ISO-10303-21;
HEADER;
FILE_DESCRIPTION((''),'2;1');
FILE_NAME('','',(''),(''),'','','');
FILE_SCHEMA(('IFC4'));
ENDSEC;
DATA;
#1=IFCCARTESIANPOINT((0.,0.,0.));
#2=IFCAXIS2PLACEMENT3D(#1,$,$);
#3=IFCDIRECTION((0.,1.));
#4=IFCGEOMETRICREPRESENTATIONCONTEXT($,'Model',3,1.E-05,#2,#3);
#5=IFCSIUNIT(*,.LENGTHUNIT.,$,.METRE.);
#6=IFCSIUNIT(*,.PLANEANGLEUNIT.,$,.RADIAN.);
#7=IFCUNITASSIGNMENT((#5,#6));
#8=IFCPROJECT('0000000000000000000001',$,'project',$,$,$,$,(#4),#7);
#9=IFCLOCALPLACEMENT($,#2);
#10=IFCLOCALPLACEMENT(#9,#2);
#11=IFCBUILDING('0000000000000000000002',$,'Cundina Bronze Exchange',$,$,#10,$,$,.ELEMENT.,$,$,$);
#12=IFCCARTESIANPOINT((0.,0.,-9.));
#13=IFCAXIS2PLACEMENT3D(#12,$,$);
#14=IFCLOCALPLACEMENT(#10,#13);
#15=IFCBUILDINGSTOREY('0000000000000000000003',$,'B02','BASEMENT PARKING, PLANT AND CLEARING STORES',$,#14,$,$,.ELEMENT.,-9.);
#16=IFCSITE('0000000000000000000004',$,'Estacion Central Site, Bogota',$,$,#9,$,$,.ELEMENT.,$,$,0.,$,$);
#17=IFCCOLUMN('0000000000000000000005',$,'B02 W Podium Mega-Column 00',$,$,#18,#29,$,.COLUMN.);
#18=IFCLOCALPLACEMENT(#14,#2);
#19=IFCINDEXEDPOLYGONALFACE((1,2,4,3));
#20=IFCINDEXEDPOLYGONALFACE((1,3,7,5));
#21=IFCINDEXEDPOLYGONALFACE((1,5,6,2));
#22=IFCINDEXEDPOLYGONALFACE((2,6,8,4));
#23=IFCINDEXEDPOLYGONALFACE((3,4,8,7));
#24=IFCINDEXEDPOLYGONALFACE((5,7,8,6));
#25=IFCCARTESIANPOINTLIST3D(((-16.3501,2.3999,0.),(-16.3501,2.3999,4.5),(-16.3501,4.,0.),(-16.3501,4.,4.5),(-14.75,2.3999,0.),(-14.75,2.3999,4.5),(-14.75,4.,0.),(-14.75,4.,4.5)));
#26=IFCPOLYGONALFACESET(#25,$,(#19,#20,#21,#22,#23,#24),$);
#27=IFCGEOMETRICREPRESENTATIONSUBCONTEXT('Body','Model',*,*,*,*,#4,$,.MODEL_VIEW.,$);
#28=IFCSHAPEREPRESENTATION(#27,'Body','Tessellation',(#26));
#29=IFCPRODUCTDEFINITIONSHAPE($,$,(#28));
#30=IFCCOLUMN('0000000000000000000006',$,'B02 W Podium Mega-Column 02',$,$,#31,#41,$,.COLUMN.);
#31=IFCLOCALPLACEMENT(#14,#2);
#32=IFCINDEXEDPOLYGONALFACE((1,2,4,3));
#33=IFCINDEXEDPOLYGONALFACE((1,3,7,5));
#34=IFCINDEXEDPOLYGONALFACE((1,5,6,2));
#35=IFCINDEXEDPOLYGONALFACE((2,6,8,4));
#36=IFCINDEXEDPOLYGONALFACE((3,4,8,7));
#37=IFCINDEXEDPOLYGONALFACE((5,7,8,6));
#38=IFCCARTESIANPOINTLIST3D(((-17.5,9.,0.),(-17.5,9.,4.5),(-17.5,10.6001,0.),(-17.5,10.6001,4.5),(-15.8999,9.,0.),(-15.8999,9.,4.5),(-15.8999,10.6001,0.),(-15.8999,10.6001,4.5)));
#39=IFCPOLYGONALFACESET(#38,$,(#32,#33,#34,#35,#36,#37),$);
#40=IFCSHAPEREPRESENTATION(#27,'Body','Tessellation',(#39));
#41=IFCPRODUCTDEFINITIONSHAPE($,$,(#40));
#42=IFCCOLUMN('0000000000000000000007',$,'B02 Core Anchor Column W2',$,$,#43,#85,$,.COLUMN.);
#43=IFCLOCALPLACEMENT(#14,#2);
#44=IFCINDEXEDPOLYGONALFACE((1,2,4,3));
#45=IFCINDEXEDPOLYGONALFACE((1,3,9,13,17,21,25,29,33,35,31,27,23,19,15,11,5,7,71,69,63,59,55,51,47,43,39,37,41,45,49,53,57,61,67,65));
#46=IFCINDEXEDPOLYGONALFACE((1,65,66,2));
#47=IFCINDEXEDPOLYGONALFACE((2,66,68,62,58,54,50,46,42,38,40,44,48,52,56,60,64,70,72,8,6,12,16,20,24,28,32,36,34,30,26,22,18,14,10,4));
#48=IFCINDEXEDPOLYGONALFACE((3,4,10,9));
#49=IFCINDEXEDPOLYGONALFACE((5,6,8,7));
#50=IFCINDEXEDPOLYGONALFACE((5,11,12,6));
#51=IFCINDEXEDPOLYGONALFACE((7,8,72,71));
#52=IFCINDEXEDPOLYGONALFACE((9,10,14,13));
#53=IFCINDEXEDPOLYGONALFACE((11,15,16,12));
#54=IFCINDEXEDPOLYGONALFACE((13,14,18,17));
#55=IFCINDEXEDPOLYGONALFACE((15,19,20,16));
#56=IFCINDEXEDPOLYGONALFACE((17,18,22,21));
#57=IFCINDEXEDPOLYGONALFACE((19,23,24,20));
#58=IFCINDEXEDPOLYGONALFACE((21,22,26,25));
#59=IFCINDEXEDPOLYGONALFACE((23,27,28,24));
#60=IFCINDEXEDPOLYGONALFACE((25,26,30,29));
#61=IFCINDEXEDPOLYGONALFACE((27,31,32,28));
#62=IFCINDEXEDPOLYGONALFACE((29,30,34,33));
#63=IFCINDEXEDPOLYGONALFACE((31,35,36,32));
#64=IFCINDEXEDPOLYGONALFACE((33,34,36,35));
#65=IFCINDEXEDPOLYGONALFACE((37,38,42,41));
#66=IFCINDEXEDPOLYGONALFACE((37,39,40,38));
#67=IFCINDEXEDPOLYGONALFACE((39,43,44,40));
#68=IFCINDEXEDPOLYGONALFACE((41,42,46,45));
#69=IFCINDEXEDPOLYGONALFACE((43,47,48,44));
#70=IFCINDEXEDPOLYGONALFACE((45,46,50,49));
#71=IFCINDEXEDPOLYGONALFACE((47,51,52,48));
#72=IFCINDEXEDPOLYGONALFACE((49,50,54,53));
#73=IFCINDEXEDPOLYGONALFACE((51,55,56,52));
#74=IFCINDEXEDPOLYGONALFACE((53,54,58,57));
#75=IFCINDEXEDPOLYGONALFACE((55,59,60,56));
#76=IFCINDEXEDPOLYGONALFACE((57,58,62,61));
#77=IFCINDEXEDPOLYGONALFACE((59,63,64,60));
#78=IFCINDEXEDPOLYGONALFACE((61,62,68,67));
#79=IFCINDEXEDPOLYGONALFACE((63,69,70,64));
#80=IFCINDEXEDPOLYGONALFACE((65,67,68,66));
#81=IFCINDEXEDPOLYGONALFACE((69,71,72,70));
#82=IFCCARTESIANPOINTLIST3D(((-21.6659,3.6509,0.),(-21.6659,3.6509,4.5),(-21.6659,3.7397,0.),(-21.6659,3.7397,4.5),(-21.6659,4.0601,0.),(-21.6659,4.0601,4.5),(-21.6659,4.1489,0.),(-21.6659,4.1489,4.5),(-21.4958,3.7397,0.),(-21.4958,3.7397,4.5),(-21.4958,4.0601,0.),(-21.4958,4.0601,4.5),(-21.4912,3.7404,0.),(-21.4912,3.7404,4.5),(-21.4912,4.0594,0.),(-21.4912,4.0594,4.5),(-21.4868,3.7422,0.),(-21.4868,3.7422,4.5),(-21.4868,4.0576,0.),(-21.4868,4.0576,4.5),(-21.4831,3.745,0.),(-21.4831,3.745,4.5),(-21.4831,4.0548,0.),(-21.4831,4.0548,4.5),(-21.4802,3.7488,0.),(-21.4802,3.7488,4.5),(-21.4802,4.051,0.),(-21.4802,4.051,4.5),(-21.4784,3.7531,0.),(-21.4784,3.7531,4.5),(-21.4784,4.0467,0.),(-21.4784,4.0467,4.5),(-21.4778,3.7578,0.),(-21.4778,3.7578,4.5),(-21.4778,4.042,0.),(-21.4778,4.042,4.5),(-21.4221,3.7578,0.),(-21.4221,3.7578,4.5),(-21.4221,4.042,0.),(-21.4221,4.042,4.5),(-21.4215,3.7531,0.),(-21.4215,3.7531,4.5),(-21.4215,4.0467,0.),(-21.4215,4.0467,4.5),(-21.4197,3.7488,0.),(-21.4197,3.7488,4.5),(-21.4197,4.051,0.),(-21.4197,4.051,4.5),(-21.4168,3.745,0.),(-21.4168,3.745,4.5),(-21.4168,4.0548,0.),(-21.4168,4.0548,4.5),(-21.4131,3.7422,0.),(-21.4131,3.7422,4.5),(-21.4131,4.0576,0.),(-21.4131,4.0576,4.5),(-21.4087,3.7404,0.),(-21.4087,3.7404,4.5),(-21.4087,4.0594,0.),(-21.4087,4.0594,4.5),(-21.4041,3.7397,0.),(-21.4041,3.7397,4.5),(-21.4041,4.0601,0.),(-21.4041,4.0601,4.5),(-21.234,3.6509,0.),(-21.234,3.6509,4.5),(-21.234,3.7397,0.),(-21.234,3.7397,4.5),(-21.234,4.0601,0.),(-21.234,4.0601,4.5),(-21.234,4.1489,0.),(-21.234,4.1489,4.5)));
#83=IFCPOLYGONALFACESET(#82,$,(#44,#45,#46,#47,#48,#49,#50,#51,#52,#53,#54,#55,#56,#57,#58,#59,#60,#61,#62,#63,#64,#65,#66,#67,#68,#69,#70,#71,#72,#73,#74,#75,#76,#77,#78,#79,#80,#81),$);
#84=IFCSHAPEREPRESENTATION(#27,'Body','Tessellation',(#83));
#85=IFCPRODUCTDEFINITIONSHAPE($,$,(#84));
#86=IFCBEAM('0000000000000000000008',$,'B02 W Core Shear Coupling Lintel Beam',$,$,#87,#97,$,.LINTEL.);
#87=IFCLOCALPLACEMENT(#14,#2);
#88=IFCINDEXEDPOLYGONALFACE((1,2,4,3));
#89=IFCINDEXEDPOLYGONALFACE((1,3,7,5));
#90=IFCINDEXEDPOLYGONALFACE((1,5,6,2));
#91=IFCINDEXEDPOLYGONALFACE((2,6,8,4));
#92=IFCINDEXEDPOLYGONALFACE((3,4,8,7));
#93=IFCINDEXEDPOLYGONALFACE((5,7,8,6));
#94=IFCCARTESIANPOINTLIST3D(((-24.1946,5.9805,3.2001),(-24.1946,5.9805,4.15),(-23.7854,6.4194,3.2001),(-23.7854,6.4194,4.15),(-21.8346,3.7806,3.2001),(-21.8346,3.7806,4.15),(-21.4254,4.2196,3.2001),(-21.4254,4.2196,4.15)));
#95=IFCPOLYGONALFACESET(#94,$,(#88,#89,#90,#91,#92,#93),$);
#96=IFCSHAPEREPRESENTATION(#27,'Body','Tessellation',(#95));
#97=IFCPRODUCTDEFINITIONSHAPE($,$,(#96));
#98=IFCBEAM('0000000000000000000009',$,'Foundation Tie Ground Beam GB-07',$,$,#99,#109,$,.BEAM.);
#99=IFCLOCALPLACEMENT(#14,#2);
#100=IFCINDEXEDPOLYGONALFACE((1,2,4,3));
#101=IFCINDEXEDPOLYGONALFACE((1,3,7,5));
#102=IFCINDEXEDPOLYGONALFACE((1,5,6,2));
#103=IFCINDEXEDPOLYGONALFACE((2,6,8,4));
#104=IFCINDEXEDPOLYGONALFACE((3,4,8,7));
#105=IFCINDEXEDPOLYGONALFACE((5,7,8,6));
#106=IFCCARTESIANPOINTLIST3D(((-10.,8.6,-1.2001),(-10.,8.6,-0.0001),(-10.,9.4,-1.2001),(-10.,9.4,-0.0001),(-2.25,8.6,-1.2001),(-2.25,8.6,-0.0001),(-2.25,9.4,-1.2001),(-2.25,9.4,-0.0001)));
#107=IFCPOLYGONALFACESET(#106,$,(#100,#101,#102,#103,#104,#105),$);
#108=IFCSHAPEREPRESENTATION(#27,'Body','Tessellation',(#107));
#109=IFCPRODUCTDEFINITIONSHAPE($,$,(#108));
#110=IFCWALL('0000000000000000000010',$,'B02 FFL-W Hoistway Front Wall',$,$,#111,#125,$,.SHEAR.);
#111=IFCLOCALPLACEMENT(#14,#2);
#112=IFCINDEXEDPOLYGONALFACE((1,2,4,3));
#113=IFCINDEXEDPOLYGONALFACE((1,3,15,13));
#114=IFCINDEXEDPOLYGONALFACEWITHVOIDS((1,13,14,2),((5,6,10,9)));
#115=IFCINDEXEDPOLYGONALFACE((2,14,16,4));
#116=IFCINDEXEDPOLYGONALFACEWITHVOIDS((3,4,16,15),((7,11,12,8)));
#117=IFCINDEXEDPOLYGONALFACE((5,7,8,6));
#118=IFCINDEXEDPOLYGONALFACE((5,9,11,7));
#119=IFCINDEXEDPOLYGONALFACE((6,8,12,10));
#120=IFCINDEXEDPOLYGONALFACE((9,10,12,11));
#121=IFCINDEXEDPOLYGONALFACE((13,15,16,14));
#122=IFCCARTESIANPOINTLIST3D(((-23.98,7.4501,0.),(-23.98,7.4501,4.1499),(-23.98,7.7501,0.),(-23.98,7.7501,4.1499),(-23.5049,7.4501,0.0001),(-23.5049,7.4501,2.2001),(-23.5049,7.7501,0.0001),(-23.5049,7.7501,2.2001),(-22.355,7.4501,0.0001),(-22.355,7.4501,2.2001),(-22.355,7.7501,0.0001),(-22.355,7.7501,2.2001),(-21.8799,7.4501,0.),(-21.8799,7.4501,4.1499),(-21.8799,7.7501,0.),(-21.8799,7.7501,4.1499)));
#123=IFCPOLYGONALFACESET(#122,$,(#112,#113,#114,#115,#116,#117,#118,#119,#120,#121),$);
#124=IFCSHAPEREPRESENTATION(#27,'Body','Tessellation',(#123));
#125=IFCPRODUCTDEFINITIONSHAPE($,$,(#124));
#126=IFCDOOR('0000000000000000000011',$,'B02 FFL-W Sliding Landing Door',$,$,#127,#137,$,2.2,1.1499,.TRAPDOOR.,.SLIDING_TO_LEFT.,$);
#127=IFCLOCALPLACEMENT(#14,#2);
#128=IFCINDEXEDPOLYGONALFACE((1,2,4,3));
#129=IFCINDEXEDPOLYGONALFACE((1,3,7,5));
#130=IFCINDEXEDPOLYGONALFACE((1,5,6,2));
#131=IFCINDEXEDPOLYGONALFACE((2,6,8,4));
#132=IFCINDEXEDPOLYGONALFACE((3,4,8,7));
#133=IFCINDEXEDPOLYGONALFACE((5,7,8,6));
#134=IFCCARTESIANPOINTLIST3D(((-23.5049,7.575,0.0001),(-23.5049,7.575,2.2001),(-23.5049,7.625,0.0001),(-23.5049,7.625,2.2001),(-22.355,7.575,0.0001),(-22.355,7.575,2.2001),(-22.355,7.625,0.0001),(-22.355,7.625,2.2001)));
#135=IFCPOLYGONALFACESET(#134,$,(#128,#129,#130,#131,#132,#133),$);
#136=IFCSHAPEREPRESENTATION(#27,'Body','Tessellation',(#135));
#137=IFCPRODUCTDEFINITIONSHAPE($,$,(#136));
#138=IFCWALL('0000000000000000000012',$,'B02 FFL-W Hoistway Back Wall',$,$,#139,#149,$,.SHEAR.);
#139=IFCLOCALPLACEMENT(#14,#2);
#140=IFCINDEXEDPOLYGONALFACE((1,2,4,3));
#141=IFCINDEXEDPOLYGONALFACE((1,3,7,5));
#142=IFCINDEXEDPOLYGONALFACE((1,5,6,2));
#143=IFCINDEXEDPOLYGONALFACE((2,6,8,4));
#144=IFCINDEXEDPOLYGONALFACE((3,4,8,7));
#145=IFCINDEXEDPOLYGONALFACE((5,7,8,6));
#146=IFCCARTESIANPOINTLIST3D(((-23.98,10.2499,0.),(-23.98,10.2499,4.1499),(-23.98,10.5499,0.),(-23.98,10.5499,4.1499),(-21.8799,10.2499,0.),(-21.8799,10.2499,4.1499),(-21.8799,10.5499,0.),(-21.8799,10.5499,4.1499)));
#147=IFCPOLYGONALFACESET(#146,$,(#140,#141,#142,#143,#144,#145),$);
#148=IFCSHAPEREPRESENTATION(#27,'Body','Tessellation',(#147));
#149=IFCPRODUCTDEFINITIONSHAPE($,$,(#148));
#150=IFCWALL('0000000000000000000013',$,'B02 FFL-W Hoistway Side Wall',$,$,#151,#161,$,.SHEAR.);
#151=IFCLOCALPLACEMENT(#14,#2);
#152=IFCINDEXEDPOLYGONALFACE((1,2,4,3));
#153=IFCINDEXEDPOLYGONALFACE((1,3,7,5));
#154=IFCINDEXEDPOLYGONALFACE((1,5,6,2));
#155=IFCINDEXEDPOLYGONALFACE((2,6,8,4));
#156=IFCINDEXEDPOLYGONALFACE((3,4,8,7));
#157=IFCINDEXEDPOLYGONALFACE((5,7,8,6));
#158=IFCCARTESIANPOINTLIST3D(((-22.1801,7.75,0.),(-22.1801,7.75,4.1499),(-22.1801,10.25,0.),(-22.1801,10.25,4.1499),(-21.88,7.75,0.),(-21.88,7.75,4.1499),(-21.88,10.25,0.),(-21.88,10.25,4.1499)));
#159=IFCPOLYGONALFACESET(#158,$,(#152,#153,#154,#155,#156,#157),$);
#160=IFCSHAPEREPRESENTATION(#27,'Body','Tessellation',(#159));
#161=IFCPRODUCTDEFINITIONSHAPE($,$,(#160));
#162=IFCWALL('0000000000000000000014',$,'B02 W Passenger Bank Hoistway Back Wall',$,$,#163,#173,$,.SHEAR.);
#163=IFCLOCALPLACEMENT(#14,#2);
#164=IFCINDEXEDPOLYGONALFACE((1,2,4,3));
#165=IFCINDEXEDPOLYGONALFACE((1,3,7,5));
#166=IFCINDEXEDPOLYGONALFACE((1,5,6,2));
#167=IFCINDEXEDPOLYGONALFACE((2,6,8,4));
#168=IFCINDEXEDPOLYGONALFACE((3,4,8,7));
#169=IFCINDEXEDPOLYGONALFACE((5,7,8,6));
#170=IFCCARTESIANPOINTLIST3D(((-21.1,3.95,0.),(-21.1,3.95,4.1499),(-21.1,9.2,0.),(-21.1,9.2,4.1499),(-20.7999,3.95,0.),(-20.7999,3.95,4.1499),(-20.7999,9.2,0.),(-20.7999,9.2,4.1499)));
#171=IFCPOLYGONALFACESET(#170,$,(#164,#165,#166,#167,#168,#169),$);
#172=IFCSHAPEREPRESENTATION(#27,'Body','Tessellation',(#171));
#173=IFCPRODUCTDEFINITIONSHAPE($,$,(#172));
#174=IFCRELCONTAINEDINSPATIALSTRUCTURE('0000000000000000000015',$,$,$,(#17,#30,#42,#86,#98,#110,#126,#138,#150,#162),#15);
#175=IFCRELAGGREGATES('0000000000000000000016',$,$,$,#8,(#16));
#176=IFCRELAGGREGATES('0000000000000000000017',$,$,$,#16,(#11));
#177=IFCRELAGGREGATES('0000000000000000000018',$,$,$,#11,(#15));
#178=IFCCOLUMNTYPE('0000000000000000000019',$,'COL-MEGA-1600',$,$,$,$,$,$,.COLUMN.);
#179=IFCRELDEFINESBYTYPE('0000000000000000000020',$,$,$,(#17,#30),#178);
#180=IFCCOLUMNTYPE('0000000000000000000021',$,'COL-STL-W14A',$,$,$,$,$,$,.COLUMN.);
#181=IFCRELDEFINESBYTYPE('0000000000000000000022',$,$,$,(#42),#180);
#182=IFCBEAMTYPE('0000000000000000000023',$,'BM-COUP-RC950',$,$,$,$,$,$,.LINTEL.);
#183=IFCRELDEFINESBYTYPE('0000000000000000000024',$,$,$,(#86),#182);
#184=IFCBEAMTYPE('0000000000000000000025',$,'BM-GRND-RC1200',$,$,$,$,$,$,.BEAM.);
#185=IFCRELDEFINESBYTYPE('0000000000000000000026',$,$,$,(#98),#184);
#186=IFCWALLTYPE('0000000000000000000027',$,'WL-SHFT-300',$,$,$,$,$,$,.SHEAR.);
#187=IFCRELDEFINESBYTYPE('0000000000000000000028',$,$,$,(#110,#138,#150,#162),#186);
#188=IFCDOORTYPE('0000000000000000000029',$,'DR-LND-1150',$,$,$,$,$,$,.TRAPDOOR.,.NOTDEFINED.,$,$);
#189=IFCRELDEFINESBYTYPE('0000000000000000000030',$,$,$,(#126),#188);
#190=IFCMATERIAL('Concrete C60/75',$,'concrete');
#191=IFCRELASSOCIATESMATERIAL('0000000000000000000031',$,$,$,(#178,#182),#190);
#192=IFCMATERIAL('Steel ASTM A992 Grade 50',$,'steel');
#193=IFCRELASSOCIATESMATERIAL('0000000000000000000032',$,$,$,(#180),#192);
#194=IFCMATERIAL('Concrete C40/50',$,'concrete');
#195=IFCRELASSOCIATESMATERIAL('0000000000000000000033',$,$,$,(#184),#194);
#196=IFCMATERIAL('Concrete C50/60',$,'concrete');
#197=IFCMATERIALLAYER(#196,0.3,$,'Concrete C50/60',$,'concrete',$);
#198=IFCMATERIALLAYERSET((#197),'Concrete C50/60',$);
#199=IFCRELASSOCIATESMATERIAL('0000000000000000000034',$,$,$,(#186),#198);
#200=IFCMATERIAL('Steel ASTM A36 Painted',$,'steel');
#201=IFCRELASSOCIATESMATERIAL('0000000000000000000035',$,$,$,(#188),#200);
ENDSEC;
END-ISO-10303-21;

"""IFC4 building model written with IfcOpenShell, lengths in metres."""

from ifc_helpers import new_model, si_unit, direction, frame, frame_2d, origin, origin_2d, place, context, subcontext, project, spatial, rectangle, i_section, extrude, material, layer, layer_set, material_profile, profile_set, type_object, element, fill, save


model = new_model("IFC4")

# Units and contexts
model_context = context("Model", 3, precision=1e-05, world=origin(), true_north=direction((0.0, 1.0)))
body_context = subcontext(model_context, "Body", "Model", "MODEL_VIEW")
ifc_project = project(units=[si_unit("LENGTHUNIT", "METRE"), si_unit("PLANEANGLEUNIT", "RADIAN")], contexts=[model_context])

# Site, building, storey
site_placement = place(None, origin())
site = spatial("IfcSite", under=ifc_project, at=site_placement, Name="Estacion Central Site, Bogota", CompositionType="ELEMENT", RefElevation=0.0)
building_placement = place(site_placement, origin())
building = spatial("IfcBuilding", under=site, at=building_placement, Name="Cundina Bronze Exchange", CompositionType="ELEMENT")
storey_placement = place(building_placement, frame((0.0, 0.0, -9.0)))
storey = spatial("IfcBuildingStorey", under=building, at=storey_placement, Name="B02", Description="BASEMENT PARKING, PLANT AND CLEARING STORES", CompositionType="ELEMENT", Elevation=-9.0)

# Shared definitions
ifc_material_1 = material(Name="Concrete C40/50", Category="concrete")

# Columns
ifc_material_2 = material(Name="Concrete C60/75", Category="concrete")
ifc_material_profile_1 = material_profile(ifc_material_2, rectangle(XDim=1.6001, YDim=1.6001, at=origin_2d()), Name="RC1600X1600", Category="concrete")
ifc_profile_set_1 = profile_set([ifc_material_profile_1], Name="Concrete C60/75")
column_type_1 = type_object("IfcColumnType", Name="COL-MEGA-1600", PredefinedType="COLUMN", material=ifc_profile_set_1)
for number, where, z_axis, x_axis, name in (
    (1, (-15.55, 3.2, 0.0), (0.0, 0.0, 1.0), (1.0, 0.0, 0.0), "B02 W Podium Mega-Column 00"),
    (2, (-16.7, 9.8, 0.0), (0.0, 0.0, 1.0), (1.0, 0.0, 0.0), "B02 W Podium Mega-Column 02"),
):
    element("IfcColumn", number, at=place(storey_placement, frame(where, z_axis=z_axis, x_axis=x_axis)), inside=storey, type_object=column_type_1, Name=name, PredefinedType="COLUMN", context=body_context, shape_type="SweptSolid", body=[
        extrude(rectangle(XDim=1.6001, YDim=1.6001, at=origin_2d()), origin(), (0.0, 0.0, 1.0), 4.5),
    ])
ifc_material_3 = material(Name="Steel ASTM A992 Grade 50", Category="steel")
ifc_material_profile_2 = material_profile(ifc_material_3, i_section(OverallWidth=0.4319, OverallDepth=0.498, WebThickness=0.0557, FlangeThickness=0.0889, FilletRadius=0.0181, at=origin_2d()), Name="W14X500", Category="steel")
ifc_profile_set_2 = profile_set([ifc_material_profile_2], Name="Steel ASTM A992 Grade 50")
column_type_2 = type_object("IfcColumnType", Name="COL-STL-W14A", PredefinedType="COLUMN", material=ifc_profile_set_2)
column_placement = place(storey_placement, frame((-21.45, 3.8999, 0.0), z_axis=(0.0, 0.0, 1.0), x_axis=(1.0, 0.0, 0.0)))
element("IfcColumn", 3, at=column_placement, inside=storey, type_object=column_type_2, Name="B02 Core Anchor Column W2", PredefinedType="COLUMN", context=body_context, shape_type="SweptSolid", body=[
    extrude(i_section(OverallWidth=0.4319, OverallDepth=0.498, WebThickness=0.0557, FlangeThickness=0.0889, FilletRadius=0.0181, at=origin_2d()), origin(), (0.0, 0.0, 1.0), 4.5),
])

# Beams
ifc_material_profile_3 = material_profile(ifc_material_2, rectangle(XDim=0.6001, YDim=0.95, at=origin_2d()), Name="RC600X950", Category="concrete")
ifc_profile_set_3 = profile_set([ifc_material_profile_3], Name="Concrete C60/75")
beam_type_1 = type_object("IfcBeamType", Name="BM-COUP-RC950", PredefinedType="LINTEL", material=ifc_profile_set_3)
beam_1_placement = place(storey_placement, frame((-23.99, 6.2, 3.675), z_axis=(0.73149, -0.681852, 0.0), x_axis=(0.681852, 0.73149, 0.0)))
element("IfcBeam", 4, at=beam_1_placement, inside=storey, type_object=beam_type_1, Name="B02 W Core Shear Coupling Lintel Beam", PredefinedType="LINTEL", context=body_context, shape_type="SweptSolid", body=[
    extrude(rectangle(XDim=0.6001, YDim=0.95, at=origin_2d()), origin(), (0.0, 0.0, 1.0), 3.2263),
])
ifc_material_profile_4 = material_profile(ifc_material_1, rectangle(XDim=0.8, YDim=1.2, at=origin_2d()), Name="RC800X1200", Category="concrete")
ifc_profile_set_4 = profile_set([ifc_material_profile_4], Name="Concrete C40/50")
beam_type_2 = type_object("IfcBeamType", Name="BM-GRND-RC1200", PredefinedType="BEAM", material=ifc_profile_set_4)
beam_2_placement = place(storey_placement, frame((-10.0, 9.0, -0.6001), z_axis=(1.0, 0.0, 0.0), x_axis=(0.0, 1.0, 0.0)))
element("IfcBeam", 5, at=beam_2_placement, inside=storey, type_object=beam_type_2, Name="Foundation Tie Ground Beam GB-07", PredefinedType="BEAM", context=body_context, shape_type="SweptSolid", body=[
    extrude(rectangle(XDim=0.8, YDim=1.2, at=origin_2d()), origin(), (0.0, 0.0, 1.0), 7.75),
])

# Wall, opening, door
ifc_material_4 = material(Name="Concrete C50/60", Category="concrete")
ifc_layer_1 = layer(ifc_material_4, 0.3, Name="Concrete C50/60", Category="concrete")
ifc_layer_set_1 = layer_set([ifc_layer_1], Name="Concrete C50/60")
wall_type = type_object("IfcWallType", Name="WL-SHFT-300", PredefinedType="SHEAR", material=ifc_layer_set_1)
wall_1_placement = place(storey_placement, frame((-23.98, 7.6001, 0.0), z_axis=(0.0, 0.0, 1.0), x_axis=(1.0, 0.0, 0.0)))
wall_1 = element("IfcWall", 6, at=wall_1_placement, inside=storey, type_object=wall_type, Name="B02 FFL-W Hoistway Front Wall", PredefinedType="SHEAR", context=body_context, shape_type="SweptSolid", body=[
    extrude(rectangle(XDim=2.1001, YDim=0.3, at=frame_2d((1.05, 0.0))), origin(), (0.0, 0.0, 1.0), 4.1499),
])
opening_1_placement = place(wall_1_placement, frame((0.4751, 0.0, 0.0)))
opening_1 = element("IfcOpeningElement", 7, at=opening_1_placement, cuts=wall_1, PredefinedType="OPENING", context=body_context, shape_type="SweptSolid", body=[
    extrude(rectangle(XDim=1.1499, YDim=2.2, at=frame_2d((0.575, 1.1001))), frame((0.0, 0.1599, 0.0), z_axis=(0.0, -1.0, 0.0), x_axis=(1.0, 0.0, 0.0)), (0.0, 0.0, 1.0), 0.3201),
])
ifc_material_5 = material(Name="Steel ASTM A36 Painted", Category="steel")
door_type = type_object("IfcDoorType", Name="DR-LND-1150", OperationType="NOTDEFINED", PredefinedType="TRAPDOOR", material=ifc_material_5)
door_1_placement = place(opening_1_placement, origin())
door_1 = element("IfcDoor", 8, at=door_1_placement, inside=storey, type_object=door_type, Name="B02 FFL-W Sliding Landing Door", OperationType="SLIDING_TO_LEFT", OverallHeight=2.2, OverallWidth=1.1499, PredefinedType="TRAPDOOR", context=body_context, shape_type="SweptSolid", body=[
    extrude(rectangle(XDim=1.1499, YDim=2.2, at=frame_2d((0.575, 1.1001))), frame((0.0, 0.0249, 0.0), z_axis=(0.0, -1.0, 0.0), x_axis=(1.0, 0.0, 0.0)), (0.0, 0.0, 1.0), 0.05),
])
fill(opening_1, door_1)

# Walls
wall_2_placement = place(storey_placement, frame((-23.98, 10.3999, 0.0), z_axis=(0.0, 0.0, 1.0), x_axis=(1.0, 0.0, 0.0)))
element("IfcWall", 9, at=wall_2_placement, inside=storey, type_object=wall_type, Name="B02 FFL-W Hoistway Back Wall", PredefinedType="SHEAR", context=body_context, shape_type="SweptSolid", body=[
    extrude(rectangle(XDim=2.1001, YDim=0.3, at=frame_2d((1.05, 0.0))), origin(), (0.0, 0.0, 1.0), 4.1499),
])
wall_3_placement = place(storey_placement, frame((-22.03, 7.75, 0.0), z_axis=(0.0, 0.0, 1.0), x_axis=(0.0, 1.0, 0.0)))
element("IfcWall", 10, at=wall_3_placement, inside=storey, type_object=wall_type, Name="B02 FFL-W Hoistway Side Wall", PredefinedType="SHEAR", context=body_context, shape_type="SweptSolid", body=[
    extrude(rectangle(XDim=2.5, YDim=0.3, at=frame_2d((1.25, 0.0))), origin(), (0.0, 0.0, 1.0), 4.1499),
])
wall_4_placement = place(storey_placement, frame((-20.95, 3.95, 0.0), z_axis=(0.0, 0.0, 1.0), x_axis=(0.0, 1.0, 0.0)))
element("IfcWall", 11, at=wall_4_placement, inside=storey, type_object=wall_type, Name="B02 W Passenger Bank Hoistway Back Wall", PredefinedType="SHEAR", context=body_context, shape_type="SweptSolid", body=[
    extrude(rectangle(XDim=5.25, YDim=0.3, at=frame_2d((2.625, 0.0))), origin(), (0.0, 0.0, 1.0), 4.1499),
])

save(model, "model.ifc")
